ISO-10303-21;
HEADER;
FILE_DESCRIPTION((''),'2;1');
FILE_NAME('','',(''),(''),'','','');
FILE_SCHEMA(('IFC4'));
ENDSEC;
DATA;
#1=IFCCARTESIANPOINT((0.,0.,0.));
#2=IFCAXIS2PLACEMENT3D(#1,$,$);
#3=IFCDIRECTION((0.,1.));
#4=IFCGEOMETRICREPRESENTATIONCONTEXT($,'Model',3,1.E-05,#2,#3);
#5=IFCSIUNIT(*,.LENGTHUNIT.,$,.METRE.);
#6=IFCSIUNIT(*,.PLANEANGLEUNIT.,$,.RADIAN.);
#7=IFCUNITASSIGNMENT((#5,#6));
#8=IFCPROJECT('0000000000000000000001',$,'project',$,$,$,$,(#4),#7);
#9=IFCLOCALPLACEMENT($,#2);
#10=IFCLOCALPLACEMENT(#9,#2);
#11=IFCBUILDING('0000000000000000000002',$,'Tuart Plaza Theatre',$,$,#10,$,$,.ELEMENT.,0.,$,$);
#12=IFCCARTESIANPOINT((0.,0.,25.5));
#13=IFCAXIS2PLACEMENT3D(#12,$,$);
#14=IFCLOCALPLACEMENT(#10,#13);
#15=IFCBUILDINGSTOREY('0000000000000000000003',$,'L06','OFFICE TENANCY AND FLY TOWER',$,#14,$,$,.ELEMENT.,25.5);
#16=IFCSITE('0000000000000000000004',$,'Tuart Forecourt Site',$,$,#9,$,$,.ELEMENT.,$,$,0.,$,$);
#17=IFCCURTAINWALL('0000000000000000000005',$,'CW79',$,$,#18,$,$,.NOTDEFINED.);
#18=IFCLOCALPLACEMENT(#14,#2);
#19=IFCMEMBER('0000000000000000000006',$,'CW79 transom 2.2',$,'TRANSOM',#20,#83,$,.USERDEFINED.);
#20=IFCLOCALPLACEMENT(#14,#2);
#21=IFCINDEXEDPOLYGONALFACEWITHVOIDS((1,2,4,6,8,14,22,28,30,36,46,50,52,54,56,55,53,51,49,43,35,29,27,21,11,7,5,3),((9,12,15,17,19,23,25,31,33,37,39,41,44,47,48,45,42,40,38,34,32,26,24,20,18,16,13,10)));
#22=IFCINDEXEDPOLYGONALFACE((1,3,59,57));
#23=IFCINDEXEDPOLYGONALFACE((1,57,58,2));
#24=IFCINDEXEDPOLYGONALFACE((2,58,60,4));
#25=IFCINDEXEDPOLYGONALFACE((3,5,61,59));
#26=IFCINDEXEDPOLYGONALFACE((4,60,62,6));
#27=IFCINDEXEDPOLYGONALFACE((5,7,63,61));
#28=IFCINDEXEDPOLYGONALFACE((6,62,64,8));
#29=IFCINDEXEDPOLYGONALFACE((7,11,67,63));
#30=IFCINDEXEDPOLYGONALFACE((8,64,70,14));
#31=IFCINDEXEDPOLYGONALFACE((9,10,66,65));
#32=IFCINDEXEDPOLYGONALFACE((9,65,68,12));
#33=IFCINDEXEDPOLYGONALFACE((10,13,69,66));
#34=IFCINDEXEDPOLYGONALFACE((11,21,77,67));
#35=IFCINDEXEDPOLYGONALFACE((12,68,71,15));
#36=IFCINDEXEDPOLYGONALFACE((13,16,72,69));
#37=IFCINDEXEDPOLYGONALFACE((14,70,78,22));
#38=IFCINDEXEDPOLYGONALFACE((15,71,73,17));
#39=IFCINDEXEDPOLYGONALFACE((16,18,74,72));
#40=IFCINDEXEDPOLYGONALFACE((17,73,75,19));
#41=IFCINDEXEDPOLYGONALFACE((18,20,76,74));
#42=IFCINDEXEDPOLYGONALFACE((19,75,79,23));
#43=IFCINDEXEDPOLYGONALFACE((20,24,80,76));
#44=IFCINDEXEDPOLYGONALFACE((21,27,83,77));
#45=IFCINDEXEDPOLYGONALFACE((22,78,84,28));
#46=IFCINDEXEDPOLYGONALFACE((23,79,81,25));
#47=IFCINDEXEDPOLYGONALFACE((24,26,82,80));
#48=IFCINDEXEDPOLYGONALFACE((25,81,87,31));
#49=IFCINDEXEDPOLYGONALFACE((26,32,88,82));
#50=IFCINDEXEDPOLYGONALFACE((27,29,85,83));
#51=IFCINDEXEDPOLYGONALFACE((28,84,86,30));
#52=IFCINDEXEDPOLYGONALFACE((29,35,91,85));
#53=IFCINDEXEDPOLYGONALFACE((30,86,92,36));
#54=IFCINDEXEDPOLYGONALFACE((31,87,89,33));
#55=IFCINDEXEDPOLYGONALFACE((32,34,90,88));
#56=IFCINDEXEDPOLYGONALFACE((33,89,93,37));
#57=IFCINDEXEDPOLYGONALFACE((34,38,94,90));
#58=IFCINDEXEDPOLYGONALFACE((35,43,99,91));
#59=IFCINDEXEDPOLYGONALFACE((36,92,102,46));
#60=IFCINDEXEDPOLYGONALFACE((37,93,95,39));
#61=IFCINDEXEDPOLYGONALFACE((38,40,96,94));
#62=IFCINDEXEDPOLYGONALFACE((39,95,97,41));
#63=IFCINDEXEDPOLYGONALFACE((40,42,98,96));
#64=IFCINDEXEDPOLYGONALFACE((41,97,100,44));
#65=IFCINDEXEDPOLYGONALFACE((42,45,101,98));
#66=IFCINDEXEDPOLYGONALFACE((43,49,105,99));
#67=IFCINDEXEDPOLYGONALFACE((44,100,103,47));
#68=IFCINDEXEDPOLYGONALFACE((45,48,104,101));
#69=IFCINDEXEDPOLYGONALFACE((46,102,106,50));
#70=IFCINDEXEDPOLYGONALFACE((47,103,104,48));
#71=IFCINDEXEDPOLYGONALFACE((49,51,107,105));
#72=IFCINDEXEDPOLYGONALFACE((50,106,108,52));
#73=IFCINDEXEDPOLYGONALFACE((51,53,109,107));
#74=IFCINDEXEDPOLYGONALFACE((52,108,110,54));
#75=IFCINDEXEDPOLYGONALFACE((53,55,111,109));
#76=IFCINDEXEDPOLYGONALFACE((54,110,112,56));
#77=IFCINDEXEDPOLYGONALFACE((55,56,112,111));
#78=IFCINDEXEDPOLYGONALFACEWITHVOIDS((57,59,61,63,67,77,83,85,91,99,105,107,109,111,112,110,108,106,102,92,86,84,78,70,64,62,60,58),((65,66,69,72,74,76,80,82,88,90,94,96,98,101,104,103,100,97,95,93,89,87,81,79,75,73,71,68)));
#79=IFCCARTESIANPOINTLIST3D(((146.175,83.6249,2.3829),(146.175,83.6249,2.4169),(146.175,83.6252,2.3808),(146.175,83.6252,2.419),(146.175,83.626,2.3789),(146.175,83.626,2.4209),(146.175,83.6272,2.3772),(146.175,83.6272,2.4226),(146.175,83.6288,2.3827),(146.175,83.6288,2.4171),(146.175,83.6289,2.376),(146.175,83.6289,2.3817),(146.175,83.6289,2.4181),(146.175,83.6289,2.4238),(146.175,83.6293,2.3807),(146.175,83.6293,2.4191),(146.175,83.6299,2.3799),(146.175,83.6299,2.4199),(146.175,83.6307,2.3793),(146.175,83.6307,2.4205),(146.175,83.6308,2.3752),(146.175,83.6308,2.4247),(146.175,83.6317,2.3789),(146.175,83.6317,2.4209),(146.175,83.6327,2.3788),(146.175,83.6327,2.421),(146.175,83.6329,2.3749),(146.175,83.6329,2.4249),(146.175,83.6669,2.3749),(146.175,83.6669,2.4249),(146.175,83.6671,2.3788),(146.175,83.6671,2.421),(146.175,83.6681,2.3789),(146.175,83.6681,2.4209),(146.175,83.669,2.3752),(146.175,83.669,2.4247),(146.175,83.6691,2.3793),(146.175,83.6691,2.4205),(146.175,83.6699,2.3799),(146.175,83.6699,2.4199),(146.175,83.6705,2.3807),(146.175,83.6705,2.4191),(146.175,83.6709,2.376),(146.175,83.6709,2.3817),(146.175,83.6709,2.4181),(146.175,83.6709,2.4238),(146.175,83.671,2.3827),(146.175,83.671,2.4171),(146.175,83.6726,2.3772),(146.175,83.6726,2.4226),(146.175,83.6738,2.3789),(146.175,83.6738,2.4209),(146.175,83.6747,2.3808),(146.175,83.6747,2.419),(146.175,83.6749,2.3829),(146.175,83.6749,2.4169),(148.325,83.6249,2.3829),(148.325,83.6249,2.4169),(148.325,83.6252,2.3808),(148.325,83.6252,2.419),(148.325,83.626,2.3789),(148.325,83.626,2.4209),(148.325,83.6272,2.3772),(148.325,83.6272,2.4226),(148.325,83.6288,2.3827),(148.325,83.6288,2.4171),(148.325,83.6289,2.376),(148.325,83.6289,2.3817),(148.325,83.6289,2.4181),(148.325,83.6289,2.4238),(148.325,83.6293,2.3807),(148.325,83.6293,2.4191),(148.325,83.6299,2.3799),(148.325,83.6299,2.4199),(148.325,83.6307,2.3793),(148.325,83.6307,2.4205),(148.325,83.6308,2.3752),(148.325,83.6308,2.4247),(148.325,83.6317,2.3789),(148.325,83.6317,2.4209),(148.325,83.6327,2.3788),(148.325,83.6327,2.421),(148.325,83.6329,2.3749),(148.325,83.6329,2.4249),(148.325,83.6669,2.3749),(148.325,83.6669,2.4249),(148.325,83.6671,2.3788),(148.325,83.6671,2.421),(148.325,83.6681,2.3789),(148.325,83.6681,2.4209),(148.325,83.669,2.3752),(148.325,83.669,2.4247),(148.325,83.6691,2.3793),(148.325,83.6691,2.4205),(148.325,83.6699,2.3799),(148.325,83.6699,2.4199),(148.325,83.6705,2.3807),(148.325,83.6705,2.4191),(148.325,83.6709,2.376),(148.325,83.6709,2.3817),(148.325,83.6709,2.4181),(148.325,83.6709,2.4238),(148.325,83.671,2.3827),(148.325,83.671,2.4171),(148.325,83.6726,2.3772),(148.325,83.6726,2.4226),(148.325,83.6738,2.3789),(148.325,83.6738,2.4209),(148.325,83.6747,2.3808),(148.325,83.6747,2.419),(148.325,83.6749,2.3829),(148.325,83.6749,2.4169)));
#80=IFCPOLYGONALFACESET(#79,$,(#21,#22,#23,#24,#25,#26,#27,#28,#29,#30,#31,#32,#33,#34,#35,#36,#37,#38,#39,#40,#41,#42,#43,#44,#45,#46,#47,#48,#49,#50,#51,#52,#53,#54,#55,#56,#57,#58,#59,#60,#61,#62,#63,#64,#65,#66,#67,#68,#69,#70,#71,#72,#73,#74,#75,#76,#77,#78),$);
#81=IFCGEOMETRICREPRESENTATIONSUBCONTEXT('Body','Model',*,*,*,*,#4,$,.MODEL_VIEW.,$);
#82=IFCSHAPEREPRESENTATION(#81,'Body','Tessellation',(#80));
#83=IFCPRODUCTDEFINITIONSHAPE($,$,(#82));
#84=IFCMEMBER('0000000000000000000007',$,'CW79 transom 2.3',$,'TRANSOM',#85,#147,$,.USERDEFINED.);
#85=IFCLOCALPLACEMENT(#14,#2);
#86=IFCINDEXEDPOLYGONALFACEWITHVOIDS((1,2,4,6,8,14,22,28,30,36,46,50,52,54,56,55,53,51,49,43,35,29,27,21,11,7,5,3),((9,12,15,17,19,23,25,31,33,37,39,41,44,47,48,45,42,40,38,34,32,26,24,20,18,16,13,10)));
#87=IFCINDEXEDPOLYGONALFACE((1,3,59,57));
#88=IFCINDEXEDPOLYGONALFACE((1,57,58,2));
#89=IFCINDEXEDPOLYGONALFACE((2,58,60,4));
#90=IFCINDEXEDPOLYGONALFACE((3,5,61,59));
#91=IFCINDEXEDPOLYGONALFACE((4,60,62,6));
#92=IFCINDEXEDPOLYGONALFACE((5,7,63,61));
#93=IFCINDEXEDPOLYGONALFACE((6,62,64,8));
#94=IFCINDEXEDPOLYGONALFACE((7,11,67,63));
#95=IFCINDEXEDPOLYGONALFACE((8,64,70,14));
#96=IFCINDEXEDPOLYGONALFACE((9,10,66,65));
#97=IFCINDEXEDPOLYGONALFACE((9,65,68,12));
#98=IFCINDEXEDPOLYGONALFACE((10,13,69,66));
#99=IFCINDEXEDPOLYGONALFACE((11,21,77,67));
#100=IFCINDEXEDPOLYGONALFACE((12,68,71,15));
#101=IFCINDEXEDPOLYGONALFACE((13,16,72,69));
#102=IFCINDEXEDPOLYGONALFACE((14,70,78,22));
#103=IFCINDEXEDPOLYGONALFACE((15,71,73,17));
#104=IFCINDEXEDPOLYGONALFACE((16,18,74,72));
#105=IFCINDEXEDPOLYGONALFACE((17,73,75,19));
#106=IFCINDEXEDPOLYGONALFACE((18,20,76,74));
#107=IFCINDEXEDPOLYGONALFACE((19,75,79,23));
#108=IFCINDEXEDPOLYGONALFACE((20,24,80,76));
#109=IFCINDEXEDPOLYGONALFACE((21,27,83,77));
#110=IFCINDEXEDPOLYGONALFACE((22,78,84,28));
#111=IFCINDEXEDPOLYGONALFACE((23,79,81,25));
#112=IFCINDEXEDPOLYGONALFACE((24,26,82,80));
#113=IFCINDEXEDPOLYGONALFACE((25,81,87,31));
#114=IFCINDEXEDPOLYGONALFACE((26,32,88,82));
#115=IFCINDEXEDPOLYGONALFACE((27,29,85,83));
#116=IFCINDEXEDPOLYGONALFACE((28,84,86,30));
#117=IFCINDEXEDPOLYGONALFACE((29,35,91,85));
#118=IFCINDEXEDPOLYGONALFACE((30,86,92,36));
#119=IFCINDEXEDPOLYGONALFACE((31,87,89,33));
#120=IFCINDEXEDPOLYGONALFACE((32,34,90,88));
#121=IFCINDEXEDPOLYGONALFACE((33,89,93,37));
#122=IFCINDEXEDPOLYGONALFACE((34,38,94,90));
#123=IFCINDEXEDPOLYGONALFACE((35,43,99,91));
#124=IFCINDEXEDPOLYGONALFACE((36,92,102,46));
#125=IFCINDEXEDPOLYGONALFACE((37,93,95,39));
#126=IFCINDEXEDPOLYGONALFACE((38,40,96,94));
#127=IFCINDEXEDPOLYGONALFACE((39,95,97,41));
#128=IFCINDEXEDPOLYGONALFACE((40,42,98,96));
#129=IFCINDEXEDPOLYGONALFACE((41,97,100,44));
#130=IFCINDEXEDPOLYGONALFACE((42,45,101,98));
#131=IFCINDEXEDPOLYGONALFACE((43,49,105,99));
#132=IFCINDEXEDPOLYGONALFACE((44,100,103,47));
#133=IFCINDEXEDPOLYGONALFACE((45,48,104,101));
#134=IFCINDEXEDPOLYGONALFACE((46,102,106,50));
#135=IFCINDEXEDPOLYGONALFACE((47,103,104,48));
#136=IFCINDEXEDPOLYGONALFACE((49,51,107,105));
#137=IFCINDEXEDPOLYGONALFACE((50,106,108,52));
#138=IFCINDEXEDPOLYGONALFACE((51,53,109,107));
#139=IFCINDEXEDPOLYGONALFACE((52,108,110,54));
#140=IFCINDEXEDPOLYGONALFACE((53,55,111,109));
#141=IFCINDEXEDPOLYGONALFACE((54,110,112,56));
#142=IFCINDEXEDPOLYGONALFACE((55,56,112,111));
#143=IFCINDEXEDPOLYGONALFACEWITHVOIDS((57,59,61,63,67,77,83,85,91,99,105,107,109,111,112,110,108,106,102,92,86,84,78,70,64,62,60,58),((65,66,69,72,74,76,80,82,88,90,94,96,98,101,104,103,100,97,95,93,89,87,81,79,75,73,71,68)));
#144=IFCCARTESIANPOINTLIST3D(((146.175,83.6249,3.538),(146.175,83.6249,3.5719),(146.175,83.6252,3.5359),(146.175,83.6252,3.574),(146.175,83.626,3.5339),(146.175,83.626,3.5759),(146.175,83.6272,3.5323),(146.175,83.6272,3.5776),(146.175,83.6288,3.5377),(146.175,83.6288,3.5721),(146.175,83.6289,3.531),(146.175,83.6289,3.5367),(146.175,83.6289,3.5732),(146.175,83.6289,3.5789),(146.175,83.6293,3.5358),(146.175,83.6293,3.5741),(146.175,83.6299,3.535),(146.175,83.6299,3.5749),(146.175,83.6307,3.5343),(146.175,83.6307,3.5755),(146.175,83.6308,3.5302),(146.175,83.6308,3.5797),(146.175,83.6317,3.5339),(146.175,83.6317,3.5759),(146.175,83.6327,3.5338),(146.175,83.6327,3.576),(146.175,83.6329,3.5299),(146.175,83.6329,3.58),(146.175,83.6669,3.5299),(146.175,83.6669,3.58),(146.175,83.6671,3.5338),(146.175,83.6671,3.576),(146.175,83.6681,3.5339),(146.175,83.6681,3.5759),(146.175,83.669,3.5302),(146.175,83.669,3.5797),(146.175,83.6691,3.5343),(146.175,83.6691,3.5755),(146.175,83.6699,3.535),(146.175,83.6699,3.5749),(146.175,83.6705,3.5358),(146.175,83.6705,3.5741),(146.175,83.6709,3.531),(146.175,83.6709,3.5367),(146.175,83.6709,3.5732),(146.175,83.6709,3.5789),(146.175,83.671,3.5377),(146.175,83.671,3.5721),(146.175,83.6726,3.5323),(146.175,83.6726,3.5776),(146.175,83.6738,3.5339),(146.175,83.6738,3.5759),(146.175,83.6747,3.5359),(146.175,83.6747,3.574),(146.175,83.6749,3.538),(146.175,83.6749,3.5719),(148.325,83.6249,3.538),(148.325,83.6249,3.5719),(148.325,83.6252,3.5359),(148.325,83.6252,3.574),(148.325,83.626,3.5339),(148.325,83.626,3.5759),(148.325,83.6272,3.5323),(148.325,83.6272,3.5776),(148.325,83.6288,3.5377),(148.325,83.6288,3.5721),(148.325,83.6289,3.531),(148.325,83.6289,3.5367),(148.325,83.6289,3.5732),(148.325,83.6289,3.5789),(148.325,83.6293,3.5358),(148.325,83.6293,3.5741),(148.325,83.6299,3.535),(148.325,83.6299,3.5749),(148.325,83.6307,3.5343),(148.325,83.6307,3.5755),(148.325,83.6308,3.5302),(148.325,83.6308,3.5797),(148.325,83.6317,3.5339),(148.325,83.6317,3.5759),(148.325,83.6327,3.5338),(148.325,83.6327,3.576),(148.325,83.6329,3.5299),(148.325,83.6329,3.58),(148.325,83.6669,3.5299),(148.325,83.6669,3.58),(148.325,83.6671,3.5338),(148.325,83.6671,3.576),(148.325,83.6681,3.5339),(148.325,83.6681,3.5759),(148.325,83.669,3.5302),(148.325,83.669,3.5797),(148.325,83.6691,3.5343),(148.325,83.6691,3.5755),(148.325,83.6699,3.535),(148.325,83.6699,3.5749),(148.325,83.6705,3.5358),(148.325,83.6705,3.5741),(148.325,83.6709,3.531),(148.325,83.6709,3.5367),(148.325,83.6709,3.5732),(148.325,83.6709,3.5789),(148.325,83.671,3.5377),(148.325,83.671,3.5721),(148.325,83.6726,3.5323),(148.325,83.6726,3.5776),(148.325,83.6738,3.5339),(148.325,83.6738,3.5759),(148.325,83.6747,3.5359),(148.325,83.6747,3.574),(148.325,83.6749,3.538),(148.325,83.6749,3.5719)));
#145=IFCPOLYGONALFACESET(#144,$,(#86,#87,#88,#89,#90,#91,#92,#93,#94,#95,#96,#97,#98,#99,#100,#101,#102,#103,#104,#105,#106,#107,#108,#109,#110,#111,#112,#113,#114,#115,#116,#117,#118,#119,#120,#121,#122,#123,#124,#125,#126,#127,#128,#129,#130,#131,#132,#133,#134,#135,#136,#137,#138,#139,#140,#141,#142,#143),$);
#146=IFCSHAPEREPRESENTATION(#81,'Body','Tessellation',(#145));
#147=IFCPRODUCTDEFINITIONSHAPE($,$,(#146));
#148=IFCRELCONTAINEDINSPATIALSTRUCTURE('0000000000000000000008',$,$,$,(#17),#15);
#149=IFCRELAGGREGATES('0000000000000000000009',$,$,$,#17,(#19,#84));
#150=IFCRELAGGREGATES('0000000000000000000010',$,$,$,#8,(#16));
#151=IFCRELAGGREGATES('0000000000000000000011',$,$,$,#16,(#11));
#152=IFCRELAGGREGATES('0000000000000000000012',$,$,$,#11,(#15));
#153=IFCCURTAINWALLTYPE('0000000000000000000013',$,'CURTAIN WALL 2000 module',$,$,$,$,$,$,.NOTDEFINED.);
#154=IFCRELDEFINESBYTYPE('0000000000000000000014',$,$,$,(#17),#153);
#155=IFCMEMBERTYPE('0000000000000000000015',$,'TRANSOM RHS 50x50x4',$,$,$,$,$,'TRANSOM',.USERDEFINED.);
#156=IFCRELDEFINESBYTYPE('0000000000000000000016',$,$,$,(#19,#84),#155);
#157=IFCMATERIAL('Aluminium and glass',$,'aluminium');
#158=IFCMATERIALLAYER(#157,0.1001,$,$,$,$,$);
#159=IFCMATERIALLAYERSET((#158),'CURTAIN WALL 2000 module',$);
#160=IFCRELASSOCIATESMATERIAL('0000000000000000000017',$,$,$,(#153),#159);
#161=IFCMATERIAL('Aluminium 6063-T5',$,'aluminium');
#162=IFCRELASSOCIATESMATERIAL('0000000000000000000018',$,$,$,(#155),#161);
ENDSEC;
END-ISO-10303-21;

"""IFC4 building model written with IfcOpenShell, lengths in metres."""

from ifc_helpers import new_model, si_unit, direction, frame, origin, origin_2d, place, context, subcontext, project, spatial, hollow_rectangle, extrude, material, layer, layer_set, material_profile, profile_set, type_object, element, aggregate, save


model = new_model("IFC4")

# Units and contexts
model_context = context("Model", 3, precision=1e-05, world=origin(), true_north=direction((0.0, 1.0)))
body_context = subcontext(model_context, "Body", "Model", "MODEL_VIEW")
ifc_project = project(units=[si_unit("LENGTHUNIT", "METRE"), si_unit("PLANEANGLEUNIT", "RADIAN")], contexts=[model_context])

# Site, building, storey
site_placement = place(None, origin())
site = spatial("IfcSite", under=ifc_project, at=site_placement, Name="Tuart Forecourt Site", CompositionType="ELEMENT", RefElevation=0.0)
building_placement = place(site_placement, origin())
building = spatial("IfcBuilding", under=site, at=building_placement, Name="Tuart Plaza Theatre", CompositionType="ELEMENT", ElevationOfRefHeight=0.0)
storey_placement = place(building_placement, frame((0.0, 0.0, 25.5)))
storey = spatial("IfcBuildingStorey", under=building, at=storey_placement, Name="L06", Description="OFFICE TENANCY AND FLY TOWER", CompositionType="ELEMENT", Elevation=25.5)

# Shared definitions
ifc_material_1 = material(Name="Aluminium and glass", Category="aluminium")
ifc_layer_1 = layer(ifc_material_1, 0.1001)
ifc_layer_set_1 = layer_set([ifc_layer_1], Name="CURTAIN WALL 2000 module")
curtain_wall_type = type_object("IfcCurtainWallType", Name="CURTAIN WALL 2000 module", PredefinedType="NOTDEFINED", material=ifc_layer_set_1)

# Curtain wall
curtain_wall_1_placement = place(storey_placement, origin())
curtain_wall_1 = element("IfcCurtainWall", 1, at=curtain_wall_1_placement, inside=storey, type_object=curtain_wall_type, Name="CW79", PredefinedType="NOTDEFINED")

# Members
ifc_material_2 = material(Name="Aluminium 6063-T5", Category="aluminium")
ifc_material_profile_1 = material_profile(ifc_material_2, hollow_rectangle(XDim=0.05, YDim=0.05, WallThickness=0.0039, InnerFilletRadius=0.0039, OuterFilletRadius=0.0081, at=origin_2d()), Name="RHS 50x50x4")
ifc_profile_set_1 = profile_set([ifc_material_profile_1], Name="Aluminium 6063-T5")
member_type_1 = type_object("IfcMemberType", Name="TRANSOM RHS 50x50x4", ElementType="TRANSOM", PredefinedType="USERDEFINED", material=ifc_profile_set_1)
member_1_placement = place(storey_placement, frame((148.325, 83.6499, 2.3999), z_axis=(-1.0, 0.0, 0.0), x_axis=(0.0, -1.0, 0.0)))
member_1 = element("IfcMember", 2, at=member_1_placement, type_object=member_type_1, Name="CW79 transom 2.2", ObjectType="TRANSOM", PredefinedType="USERDEFINED", context=body_context, shape_type="SweptSolid", body=[
    extrude(hollow_rectangle(XDim=0.05, YDim=0.05, WallThickness=0.0039, InnerFilletRadius=0.0039, OuterFilletRadius=0.0081, at=origin_2d()), origin(), (0.0, 0.0, 1.0), 2.1499),
])
member_2_placement = place(storey_placement, frame((148.325, 83.6499, 3.5549), z_axis=(-1.0, 0.0, 0.0), x_axis=(0.0, -1.0, 0.0)))
member_2 = element("IfcMember", 3, at=member_2_placement, type_object=member_type_1, Name="CW79 transom 2.3", ObjectType="TRANSOM", PredefinedType="USERDEFINED", context=body_context, shape_type="SweptSolid", body=[
    extrude(hollow_rectangle(XDim=0.05, YDim=0.05, WallThickness=0.0039, InnerFilletRadius=0.0039, OuterFilletRadius=0.0081, at=origin_2d()), origin(), (0.0, 0.0, 1.0), 2.1499),
])

aggregate(curtain_wall_1, [member_1, member_2])

save(model, "model.ifc")
